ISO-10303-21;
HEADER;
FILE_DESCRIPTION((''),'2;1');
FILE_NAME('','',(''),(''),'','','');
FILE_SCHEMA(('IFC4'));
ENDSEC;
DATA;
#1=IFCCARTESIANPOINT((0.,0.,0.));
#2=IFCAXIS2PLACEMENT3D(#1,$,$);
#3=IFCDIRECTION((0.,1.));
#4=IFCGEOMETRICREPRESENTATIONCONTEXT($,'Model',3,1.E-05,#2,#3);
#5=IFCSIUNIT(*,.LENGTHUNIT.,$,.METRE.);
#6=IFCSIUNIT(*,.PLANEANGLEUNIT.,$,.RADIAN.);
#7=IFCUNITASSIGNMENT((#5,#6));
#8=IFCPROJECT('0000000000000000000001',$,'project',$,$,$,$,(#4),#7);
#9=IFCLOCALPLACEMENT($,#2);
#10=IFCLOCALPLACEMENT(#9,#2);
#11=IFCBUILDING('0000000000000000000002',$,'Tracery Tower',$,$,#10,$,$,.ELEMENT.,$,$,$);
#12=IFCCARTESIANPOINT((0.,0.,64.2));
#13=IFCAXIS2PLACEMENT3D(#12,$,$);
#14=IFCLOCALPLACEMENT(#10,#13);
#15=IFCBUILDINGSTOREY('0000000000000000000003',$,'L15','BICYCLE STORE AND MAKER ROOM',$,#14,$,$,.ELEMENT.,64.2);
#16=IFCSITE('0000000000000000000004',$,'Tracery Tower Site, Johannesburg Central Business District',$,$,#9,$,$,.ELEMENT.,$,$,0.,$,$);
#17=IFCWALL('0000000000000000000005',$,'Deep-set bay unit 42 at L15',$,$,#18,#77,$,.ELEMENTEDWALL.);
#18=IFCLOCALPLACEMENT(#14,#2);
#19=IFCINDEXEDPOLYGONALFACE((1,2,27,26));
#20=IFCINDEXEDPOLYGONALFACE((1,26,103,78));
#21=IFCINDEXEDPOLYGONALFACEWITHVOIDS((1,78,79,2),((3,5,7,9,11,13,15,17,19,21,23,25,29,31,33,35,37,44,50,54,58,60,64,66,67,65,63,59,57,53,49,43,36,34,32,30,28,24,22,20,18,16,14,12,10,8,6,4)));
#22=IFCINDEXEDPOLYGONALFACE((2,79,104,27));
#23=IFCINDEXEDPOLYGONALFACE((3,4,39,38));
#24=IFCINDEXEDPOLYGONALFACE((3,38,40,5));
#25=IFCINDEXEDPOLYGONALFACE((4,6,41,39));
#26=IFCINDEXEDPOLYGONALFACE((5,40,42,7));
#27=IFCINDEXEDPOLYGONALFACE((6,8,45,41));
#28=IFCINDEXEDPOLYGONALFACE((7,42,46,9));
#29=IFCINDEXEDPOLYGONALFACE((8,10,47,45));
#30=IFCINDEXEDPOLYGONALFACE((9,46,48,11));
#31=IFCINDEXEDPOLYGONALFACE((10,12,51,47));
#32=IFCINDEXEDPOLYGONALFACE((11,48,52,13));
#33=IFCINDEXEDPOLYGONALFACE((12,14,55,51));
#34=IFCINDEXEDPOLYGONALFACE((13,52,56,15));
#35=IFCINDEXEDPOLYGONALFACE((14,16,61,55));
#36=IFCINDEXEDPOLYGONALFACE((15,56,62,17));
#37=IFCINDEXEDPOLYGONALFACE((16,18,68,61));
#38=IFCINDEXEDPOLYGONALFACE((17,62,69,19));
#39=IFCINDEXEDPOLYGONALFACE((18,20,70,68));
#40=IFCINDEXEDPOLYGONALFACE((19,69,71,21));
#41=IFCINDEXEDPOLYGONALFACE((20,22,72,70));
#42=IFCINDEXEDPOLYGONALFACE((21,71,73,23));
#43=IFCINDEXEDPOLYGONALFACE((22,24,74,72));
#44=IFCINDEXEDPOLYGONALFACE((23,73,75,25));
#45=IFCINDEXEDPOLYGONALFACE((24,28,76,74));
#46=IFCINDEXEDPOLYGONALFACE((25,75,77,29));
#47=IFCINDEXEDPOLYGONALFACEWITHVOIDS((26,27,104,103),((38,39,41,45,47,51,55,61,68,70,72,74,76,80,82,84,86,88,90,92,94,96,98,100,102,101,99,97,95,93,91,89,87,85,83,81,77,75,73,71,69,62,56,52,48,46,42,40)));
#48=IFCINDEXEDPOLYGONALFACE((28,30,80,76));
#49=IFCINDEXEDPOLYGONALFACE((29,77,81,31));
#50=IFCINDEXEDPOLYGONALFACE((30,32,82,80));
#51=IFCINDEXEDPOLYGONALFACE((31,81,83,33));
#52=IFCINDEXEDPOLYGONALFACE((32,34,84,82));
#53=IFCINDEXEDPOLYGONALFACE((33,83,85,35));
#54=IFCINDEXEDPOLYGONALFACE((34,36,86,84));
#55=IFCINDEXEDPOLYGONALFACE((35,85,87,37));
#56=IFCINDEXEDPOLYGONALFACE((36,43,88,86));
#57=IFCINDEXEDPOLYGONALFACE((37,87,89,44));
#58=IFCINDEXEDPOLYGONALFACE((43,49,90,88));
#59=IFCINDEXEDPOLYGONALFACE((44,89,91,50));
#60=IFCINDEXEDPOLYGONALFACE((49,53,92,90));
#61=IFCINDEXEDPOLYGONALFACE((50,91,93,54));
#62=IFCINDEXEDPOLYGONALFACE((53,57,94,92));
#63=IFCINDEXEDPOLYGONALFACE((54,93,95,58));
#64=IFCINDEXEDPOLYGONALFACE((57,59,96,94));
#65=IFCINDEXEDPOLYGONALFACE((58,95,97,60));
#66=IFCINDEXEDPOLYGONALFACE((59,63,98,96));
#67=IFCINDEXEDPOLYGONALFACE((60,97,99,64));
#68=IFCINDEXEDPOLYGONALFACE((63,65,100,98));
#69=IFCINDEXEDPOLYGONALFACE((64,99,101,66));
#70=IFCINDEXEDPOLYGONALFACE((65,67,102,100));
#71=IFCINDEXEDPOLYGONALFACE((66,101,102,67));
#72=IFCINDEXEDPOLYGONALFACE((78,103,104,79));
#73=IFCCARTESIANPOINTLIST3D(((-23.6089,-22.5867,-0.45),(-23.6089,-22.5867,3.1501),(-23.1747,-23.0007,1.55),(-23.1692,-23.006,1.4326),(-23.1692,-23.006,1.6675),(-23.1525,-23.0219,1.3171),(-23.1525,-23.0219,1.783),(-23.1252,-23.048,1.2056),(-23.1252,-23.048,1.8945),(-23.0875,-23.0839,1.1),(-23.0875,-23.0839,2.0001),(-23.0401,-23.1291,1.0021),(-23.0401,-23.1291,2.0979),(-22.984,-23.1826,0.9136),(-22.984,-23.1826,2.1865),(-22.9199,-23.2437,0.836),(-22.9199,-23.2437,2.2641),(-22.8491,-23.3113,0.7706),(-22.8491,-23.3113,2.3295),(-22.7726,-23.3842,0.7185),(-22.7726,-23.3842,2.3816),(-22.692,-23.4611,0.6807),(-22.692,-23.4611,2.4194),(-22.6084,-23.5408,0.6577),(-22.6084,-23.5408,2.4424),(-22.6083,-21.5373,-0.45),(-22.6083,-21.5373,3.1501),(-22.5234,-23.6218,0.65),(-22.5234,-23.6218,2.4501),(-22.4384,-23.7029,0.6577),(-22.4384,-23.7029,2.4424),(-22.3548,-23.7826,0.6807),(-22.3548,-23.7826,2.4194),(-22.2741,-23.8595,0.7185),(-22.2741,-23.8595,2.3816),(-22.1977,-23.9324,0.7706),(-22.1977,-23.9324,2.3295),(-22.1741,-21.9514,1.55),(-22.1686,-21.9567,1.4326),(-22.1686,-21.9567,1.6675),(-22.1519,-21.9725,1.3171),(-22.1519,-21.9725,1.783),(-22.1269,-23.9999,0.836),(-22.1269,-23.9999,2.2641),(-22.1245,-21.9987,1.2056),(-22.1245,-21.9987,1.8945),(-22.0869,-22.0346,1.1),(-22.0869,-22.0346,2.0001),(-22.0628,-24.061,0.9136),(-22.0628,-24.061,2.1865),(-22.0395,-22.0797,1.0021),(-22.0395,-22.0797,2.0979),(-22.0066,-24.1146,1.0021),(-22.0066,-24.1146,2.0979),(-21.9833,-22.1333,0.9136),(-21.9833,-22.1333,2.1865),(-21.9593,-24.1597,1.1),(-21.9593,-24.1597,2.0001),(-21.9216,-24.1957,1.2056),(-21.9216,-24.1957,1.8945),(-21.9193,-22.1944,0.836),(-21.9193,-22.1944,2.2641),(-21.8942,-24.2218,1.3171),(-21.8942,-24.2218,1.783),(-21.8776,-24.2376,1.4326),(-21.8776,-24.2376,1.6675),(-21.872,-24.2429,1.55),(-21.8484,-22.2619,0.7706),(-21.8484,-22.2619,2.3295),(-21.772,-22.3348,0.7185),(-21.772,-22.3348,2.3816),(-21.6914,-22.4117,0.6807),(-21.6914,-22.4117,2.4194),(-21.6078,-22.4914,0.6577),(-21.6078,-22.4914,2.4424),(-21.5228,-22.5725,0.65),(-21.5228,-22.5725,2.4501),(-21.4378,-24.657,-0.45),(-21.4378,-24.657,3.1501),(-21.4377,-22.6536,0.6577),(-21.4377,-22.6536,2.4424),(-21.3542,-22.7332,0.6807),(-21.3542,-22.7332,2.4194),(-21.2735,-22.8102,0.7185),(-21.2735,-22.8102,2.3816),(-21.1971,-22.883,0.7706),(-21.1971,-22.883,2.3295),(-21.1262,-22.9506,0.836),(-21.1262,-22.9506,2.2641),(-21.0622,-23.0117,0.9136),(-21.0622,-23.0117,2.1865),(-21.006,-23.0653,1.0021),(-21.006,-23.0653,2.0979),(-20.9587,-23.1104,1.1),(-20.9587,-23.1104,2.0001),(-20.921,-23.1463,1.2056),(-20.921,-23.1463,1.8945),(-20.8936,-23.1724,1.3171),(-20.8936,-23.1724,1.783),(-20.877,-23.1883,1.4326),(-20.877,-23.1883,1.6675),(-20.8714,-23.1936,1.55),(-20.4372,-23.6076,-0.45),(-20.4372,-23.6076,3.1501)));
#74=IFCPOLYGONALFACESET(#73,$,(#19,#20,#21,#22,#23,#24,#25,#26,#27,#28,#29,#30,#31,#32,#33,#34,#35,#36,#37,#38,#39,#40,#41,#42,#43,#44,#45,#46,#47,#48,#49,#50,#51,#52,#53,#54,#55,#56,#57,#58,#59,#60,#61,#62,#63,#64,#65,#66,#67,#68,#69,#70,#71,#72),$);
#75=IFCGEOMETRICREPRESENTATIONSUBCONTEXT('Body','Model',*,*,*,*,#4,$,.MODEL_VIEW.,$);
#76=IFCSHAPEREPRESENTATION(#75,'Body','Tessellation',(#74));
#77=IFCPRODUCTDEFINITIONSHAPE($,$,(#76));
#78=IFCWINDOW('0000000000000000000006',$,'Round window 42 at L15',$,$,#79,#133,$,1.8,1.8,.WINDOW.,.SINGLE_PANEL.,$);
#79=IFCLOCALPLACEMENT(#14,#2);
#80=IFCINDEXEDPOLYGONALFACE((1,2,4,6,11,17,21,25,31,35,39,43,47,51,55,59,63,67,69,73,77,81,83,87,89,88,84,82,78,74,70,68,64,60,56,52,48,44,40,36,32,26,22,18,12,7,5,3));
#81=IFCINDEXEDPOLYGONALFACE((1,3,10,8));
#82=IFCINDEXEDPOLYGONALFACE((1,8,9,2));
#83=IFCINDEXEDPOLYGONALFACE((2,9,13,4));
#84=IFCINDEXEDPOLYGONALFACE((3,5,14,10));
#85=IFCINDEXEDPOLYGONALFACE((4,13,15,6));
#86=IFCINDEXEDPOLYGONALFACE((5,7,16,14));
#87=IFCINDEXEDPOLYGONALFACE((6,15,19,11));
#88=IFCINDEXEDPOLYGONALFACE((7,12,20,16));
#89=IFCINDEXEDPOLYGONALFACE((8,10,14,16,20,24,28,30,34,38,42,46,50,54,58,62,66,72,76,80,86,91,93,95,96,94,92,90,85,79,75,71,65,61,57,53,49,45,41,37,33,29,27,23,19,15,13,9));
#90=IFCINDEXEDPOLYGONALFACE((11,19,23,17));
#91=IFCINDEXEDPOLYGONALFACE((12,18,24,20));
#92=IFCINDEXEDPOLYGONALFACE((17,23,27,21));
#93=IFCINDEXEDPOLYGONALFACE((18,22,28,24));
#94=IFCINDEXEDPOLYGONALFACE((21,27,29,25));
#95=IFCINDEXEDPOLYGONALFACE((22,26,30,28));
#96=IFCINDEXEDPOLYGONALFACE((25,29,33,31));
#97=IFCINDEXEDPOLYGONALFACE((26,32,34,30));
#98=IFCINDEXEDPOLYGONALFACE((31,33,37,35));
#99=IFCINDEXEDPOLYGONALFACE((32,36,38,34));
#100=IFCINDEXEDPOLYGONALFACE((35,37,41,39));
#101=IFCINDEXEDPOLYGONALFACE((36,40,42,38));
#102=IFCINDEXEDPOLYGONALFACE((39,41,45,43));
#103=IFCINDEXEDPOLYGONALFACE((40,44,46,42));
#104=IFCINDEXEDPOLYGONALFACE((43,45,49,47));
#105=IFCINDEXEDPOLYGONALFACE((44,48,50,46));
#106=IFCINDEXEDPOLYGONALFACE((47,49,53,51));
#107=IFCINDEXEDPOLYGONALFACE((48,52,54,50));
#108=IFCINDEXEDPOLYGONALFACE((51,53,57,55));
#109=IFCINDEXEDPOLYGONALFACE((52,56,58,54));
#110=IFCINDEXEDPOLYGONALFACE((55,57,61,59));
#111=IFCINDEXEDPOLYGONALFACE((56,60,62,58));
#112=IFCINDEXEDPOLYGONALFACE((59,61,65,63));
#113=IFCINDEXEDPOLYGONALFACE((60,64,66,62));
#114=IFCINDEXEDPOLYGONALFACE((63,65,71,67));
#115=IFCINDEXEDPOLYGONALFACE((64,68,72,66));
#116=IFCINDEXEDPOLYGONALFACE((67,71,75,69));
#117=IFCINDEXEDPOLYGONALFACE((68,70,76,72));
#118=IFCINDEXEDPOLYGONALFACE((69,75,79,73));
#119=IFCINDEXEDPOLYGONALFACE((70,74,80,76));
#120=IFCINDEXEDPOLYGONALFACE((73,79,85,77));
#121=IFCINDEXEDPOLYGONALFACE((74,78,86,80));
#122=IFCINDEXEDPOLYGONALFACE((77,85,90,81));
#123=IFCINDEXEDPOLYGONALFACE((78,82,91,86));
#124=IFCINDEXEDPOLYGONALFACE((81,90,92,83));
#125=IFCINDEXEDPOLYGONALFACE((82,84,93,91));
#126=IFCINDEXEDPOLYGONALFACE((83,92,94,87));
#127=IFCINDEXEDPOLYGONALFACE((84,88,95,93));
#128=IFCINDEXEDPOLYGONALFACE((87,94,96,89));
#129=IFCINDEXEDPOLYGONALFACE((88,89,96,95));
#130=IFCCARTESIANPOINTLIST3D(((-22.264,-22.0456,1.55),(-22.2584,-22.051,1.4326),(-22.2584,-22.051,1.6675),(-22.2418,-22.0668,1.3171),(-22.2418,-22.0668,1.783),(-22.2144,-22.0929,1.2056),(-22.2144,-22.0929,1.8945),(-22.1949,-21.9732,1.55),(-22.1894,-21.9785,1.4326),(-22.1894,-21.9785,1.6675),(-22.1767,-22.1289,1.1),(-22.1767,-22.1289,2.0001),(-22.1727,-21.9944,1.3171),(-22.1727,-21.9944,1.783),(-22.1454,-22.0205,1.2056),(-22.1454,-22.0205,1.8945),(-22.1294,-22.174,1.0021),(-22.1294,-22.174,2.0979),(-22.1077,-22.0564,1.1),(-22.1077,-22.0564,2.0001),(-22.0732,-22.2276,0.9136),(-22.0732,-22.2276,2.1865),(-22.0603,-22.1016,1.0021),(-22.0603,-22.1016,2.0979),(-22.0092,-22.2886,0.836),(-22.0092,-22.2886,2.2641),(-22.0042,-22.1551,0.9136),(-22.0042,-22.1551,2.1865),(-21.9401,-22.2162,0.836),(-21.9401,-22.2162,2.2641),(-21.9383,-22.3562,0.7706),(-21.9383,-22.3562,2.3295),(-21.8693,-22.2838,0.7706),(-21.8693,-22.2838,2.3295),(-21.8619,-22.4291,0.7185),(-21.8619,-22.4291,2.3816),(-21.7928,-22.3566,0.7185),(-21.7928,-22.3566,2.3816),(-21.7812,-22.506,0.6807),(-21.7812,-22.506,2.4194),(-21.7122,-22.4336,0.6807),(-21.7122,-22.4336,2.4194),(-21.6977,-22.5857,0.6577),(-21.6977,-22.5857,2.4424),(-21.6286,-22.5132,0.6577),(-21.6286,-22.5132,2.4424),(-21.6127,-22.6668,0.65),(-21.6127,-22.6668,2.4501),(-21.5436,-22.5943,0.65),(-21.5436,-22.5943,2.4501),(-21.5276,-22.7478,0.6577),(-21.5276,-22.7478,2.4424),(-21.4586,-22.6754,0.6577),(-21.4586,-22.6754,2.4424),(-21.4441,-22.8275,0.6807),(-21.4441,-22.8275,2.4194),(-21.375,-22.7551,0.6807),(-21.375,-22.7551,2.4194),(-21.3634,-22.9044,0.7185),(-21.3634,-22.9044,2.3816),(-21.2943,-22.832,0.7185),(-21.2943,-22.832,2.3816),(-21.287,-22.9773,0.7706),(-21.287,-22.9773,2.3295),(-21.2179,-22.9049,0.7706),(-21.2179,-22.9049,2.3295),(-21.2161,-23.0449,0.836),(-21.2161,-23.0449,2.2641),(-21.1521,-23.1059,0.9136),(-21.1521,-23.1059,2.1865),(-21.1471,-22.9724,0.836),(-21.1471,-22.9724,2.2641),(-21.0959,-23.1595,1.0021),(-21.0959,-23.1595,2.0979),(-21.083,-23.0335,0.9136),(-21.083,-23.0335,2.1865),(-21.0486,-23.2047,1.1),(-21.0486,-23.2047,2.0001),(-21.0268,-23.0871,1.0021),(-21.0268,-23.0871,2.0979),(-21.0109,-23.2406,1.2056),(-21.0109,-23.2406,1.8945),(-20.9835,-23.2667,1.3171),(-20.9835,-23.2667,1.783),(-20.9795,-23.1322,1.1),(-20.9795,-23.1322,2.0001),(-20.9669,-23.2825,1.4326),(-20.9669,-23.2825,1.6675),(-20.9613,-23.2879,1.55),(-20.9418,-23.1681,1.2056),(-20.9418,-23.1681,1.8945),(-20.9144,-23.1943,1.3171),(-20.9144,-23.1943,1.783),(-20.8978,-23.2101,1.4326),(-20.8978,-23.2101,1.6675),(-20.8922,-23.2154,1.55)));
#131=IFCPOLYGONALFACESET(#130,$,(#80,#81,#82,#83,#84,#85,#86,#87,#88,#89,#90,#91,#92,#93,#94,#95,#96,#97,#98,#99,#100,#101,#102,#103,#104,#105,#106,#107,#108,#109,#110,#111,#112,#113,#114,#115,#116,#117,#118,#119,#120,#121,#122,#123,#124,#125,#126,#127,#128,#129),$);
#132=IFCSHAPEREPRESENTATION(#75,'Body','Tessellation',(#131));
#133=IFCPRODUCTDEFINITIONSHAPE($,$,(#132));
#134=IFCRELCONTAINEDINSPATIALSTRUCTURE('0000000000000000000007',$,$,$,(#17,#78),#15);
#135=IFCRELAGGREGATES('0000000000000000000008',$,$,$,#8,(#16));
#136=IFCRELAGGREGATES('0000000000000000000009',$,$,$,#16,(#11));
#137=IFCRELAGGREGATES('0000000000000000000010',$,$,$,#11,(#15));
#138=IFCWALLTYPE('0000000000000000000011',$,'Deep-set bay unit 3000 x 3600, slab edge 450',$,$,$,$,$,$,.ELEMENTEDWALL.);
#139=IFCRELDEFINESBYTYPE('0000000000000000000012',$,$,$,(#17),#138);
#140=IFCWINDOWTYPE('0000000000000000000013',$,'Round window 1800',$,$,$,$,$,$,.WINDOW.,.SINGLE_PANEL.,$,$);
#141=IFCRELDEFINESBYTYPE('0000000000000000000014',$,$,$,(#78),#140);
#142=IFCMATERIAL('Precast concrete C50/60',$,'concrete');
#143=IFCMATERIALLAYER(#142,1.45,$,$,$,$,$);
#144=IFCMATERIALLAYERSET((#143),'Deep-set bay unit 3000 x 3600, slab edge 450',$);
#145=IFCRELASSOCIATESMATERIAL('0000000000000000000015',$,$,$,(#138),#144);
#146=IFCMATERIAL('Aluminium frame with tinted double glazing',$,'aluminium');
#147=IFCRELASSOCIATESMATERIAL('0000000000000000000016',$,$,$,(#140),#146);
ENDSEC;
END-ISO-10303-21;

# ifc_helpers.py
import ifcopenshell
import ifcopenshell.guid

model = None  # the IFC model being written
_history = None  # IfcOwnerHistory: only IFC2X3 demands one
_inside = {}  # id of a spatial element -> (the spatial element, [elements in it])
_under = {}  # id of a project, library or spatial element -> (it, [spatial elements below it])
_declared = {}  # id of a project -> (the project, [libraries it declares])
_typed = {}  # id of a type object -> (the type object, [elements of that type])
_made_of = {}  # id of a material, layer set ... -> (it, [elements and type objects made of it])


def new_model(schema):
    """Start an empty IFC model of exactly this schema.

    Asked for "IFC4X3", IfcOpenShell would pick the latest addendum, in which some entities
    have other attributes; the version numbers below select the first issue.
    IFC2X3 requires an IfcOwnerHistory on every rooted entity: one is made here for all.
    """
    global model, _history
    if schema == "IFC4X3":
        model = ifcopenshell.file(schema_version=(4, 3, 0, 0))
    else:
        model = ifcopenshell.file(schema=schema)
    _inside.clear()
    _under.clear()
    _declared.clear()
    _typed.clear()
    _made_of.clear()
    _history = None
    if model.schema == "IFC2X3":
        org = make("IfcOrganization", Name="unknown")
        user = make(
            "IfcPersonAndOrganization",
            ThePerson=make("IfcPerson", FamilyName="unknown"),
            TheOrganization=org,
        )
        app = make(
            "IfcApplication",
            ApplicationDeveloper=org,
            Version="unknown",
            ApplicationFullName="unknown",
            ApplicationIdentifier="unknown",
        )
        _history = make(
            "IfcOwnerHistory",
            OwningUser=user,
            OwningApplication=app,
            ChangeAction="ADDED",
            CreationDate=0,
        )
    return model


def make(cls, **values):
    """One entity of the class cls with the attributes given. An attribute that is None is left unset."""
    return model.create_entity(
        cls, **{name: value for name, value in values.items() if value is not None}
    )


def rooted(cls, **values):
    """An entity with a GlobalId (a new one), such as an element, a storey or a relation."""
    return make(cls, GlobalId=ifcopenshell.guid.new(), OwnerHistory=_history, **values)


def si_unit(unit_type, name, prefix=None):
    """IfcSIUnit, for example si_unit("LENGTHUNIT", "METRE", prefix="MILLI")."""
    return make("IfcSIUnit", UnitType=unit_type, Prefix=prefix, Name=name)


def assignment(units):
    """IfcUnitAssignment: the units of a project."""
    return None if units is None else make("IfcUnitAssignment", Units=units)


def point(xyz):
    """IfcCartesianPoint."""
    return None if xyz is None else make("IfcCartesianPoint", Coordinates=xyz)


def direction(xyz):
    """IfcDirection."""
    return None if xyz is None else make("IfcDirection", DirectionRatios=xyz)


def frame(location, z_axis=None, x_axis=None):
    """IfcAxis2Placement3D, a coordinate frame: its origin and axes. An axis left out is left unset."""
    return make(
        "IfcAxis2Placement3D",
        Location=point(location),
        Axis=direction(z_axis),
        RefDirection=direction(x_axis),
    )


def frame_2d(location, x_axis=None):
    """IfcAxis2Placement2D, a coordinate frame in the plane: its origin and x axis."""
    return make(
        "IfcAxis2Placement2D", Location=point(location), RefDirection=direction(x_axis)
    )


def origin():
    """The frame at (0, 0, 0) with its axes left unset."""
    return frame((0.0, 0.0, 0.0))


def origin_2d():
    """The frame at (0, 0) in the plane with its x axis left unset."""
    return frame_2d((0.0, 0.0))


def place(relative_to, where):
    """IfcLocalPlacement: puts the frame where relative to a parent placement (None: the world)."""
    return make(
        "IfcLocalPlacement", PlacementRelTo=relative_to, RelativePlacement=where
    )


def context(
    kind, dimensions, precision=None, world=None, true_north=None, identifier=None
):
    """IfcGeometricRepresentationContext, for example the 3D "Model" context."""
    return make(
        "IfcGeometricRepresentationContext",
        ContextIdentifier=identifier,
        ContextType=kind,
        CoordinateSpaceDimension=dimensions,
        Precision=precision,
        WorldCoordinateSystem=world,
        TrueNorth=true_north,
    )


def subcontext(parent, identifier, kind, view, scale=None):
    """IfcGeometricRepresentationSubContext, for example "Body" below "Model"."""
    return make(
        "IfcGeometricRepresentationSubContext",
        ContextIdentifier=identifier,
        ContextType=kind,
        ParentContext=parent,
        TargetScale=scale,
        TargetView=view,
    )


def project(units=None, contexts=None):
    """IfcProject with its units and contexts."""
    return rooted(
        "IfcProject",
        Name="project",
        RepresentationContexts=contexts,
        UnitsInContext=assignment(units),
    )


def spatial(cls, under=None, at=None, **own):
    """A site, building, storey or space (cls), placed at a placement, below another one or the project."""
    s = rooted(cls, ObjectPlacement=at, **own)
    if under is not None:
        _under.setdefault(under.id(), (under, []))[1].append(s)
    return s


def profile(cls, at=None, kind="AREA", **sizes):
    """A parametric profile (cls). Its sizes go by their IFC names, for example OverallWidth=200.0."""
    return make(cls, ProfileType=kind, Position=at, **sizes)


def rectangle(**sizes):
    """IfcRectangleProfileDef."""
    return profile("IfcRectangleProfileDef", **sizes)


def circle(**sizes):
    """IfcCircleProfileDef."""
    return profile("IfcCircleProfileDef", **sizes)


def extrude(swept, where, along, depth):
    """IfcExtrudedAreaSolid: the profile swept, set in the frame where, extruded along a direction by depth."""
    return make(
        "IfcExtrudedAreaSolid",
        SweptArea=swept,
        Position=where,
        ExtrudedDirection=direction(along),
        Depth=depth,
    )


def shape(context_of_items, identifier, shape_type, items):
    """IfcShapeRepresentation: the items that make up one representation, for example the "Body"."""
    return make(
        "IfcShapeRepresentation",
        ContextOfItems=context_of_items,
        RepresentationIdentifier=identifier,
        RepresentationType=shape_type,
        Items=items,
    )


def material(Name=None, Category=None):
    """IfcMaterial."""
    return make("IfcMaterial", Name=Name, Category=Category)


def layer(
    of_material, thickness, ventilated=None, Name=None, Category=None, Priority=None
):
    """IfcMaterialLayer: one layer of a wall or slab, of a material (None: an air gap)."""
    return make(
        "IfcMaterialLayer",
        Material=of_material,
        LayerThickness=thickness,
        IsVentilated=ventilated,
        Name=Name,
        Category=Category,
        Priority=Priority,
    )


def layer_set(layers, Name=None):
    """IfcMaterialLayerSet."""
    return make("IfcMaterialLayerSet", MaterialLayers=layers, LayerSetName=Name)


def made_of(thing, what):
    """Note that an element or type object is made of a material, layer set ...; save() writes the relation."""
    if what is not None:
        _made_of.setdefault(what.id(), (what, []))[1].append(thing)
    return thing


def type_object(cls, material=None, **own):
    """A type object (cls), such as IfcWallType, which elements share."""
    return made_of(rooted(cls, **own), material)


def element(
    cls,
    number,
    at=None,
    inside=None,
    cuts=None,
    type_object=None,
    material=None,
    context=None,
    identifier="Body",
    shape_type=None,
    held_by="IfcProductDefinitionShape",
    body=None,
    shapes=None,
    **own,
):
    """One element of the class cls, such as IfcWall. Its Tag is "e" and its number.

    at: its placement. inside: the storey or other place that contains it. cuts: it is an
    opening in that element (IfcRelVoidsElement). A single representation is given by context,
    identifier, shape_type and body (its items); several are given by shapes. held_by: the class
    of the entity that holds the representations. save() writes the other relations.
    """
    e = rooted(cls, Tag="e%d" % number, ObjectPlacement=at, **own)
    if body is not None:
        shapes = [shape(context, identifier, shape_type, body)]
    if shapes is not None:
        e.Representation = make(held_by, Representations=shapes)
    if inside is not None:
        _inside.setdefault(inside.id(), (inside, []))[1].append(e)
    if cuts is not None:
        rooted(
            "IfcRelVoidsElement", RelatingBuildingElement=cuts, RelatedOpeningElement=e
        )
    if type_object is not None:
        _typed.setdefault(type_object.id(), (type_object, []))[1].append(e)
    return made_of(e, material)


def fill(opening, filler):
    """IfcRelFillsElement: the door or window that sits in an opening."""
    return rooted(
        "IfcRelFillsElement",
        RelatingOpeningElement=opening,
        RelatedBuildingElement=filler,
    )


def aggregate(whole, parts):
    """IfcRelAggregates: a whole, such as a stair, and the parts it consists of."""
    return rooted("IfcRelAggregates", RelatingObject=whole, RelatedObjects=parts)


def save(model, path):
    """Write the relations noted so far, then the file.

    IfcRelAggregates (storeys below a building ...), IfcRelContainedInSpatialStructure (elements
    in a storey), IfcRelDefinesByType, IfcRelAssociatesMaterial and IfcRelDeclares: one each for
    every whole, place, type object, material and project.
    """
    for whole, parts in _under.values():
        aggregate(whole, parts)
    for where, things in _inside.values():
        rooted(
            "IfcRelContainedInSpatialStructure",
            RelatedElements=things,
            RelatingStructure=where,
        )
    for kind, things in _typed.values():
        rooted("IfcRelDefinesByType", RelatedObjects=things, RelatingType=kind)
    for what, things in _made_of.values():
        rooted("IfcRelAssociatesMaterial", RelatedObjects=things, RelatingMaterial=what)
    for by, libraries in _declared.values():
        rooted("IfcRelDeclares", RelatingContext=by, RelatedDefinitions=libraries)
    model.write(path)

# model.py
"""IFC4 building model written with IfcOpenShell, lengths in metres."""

from ifc_helpers import new_model, si_unit, direction, frame, frame_2d, origin, origin_2d, place, context, subcontext, project, spatial, rectangle, circle, extrude, material, layer, layer_set, type_object, element, fill, save


model = new_model("IFC4")

# Units and contexts
model_context = context("Model", 3, precision=1e-05, world=origin(), true_north=direction((0.0, 1.0)))
body_context = subcontext(model_context, "Body", "Model", "MODEL_VIEW")
ifc_project = project(units=[si_unit("LENGTHUNIT", "METRE"), si_unit("PLANEANGLEUNIT", "RADIAN")], contexts=[model_context])

# Site, building, storey
site_placement = place(None, origin())
site = spatial("IfcSite", under=ifc_project, at=site_placement, Name="Tracery Tower Site, Johannesburg Central Business District", CompositionType="ELEMENT", RefElevation=0.0)
building_placement = place(site_placement, origin())
building = spatial("IfcBuilding", under=site, at=building_placement, Name="Tracery Tower", CompositionType="ELEMENT")
storey_placement = place(building_placement, frame((0.0, 0.0, 64.2)))
storey = spatial("IfcBuildingStorey", under=building, at=storey_placement, Name="L15", Description="BICYCLE STORE AND MAKER ROOM", CompositionType="ELEMENT", Elevation=64.2)

# Wall, opening, window
ifc_material_1 = material(Name="Precast concrete C50/60", Category="concrete")
ifc_layer_1 = layer(ifc_material_1, 1.45)
ifc_layer_set_1 = layer_set([ifc_layer_1], Name="Deep-set bay unit 3000 x 3600, slab edge 450")
wall_type_1 = type_object("IfcWallType", Name="Deep-set bay unit 3000 x 3600, slab edge 450", PredefinedType="ELEMENTEDWALL", material=ifc_layer_set_1)
ifc_material_2 = material(Name="Aluminium frame with tinted double glazing", Category="aluminium")
window_type = type_object("IfcWindowType", Name="Round window 1800", PartitioningType="SINGLE_PANEL", PredefinedType="WINDOW", material=ifc_material_2)
wall_1_placement = place(storey_placement, frame((-23.1086, -22.062, -0.45), z_axis=(0.0, 0.0, 1.0), x_axis=(0.723712, -0.690102, 0.0)))
wall_1 = element("IfcWall", 1, at=wall_1_placement, inside=storey, type_object=wall_type_1, Name="Deep-set bay unit 42 at L15", PredefinedType="ELEMENTEDWALL", context=body_context, shape_type="SweptSolid", body=[
    extrude(rectangle(XDim=3.0, YDim=1.45, at=frame_2d((1.5, 0.0))), origin(), (0.0, 0.0, 1.0), 3.6001),
])
opening_1_placement = place(wall_1_placement, frame((1.5, 0.0, 2.0)))
opening_1 = element("IfcOpeningElement", 2, at=opening_1_placement, cuts=wall_1, PredefinedType="OPENING", context=body_context, shape_type="SweptSolid", body=[
    extrude(circle(Radius=0.9, at=origin_2d()), frame((0.0, 0.7349, 0.0), z_axis=(0.0, -1.0, 0.0), x_axis=(1.0, 0.0, 0.0)), (0.0, 0.0, 1.0), 1.47),
])
window_1_placement = place(opening_1_placement, origin())
window_1 = element("IfcWindow", 3, at=window_1_placement, inside=storey, type_object=window_type, Name="Round window 42 at L15", OverallHeight=1.8, OverallWidth=1.8, PartitioningType="SINGLE_PANEL", PredefinedType="WINDOW", context=body_context, shape_type="SweptSolid", body=[
    extrude(circle(Radius=0.9, at=origin_2d()), frame((0.0, 0.6948, 0.0), z_axis=(0.0, -1.0, 0.0), x_axis=(1.0, 0.0, 0.0)), (0.0, 0.0, 1.0), 0.1001),
])
fill(opening_1, window_1)

save(model, "model.ifc")
